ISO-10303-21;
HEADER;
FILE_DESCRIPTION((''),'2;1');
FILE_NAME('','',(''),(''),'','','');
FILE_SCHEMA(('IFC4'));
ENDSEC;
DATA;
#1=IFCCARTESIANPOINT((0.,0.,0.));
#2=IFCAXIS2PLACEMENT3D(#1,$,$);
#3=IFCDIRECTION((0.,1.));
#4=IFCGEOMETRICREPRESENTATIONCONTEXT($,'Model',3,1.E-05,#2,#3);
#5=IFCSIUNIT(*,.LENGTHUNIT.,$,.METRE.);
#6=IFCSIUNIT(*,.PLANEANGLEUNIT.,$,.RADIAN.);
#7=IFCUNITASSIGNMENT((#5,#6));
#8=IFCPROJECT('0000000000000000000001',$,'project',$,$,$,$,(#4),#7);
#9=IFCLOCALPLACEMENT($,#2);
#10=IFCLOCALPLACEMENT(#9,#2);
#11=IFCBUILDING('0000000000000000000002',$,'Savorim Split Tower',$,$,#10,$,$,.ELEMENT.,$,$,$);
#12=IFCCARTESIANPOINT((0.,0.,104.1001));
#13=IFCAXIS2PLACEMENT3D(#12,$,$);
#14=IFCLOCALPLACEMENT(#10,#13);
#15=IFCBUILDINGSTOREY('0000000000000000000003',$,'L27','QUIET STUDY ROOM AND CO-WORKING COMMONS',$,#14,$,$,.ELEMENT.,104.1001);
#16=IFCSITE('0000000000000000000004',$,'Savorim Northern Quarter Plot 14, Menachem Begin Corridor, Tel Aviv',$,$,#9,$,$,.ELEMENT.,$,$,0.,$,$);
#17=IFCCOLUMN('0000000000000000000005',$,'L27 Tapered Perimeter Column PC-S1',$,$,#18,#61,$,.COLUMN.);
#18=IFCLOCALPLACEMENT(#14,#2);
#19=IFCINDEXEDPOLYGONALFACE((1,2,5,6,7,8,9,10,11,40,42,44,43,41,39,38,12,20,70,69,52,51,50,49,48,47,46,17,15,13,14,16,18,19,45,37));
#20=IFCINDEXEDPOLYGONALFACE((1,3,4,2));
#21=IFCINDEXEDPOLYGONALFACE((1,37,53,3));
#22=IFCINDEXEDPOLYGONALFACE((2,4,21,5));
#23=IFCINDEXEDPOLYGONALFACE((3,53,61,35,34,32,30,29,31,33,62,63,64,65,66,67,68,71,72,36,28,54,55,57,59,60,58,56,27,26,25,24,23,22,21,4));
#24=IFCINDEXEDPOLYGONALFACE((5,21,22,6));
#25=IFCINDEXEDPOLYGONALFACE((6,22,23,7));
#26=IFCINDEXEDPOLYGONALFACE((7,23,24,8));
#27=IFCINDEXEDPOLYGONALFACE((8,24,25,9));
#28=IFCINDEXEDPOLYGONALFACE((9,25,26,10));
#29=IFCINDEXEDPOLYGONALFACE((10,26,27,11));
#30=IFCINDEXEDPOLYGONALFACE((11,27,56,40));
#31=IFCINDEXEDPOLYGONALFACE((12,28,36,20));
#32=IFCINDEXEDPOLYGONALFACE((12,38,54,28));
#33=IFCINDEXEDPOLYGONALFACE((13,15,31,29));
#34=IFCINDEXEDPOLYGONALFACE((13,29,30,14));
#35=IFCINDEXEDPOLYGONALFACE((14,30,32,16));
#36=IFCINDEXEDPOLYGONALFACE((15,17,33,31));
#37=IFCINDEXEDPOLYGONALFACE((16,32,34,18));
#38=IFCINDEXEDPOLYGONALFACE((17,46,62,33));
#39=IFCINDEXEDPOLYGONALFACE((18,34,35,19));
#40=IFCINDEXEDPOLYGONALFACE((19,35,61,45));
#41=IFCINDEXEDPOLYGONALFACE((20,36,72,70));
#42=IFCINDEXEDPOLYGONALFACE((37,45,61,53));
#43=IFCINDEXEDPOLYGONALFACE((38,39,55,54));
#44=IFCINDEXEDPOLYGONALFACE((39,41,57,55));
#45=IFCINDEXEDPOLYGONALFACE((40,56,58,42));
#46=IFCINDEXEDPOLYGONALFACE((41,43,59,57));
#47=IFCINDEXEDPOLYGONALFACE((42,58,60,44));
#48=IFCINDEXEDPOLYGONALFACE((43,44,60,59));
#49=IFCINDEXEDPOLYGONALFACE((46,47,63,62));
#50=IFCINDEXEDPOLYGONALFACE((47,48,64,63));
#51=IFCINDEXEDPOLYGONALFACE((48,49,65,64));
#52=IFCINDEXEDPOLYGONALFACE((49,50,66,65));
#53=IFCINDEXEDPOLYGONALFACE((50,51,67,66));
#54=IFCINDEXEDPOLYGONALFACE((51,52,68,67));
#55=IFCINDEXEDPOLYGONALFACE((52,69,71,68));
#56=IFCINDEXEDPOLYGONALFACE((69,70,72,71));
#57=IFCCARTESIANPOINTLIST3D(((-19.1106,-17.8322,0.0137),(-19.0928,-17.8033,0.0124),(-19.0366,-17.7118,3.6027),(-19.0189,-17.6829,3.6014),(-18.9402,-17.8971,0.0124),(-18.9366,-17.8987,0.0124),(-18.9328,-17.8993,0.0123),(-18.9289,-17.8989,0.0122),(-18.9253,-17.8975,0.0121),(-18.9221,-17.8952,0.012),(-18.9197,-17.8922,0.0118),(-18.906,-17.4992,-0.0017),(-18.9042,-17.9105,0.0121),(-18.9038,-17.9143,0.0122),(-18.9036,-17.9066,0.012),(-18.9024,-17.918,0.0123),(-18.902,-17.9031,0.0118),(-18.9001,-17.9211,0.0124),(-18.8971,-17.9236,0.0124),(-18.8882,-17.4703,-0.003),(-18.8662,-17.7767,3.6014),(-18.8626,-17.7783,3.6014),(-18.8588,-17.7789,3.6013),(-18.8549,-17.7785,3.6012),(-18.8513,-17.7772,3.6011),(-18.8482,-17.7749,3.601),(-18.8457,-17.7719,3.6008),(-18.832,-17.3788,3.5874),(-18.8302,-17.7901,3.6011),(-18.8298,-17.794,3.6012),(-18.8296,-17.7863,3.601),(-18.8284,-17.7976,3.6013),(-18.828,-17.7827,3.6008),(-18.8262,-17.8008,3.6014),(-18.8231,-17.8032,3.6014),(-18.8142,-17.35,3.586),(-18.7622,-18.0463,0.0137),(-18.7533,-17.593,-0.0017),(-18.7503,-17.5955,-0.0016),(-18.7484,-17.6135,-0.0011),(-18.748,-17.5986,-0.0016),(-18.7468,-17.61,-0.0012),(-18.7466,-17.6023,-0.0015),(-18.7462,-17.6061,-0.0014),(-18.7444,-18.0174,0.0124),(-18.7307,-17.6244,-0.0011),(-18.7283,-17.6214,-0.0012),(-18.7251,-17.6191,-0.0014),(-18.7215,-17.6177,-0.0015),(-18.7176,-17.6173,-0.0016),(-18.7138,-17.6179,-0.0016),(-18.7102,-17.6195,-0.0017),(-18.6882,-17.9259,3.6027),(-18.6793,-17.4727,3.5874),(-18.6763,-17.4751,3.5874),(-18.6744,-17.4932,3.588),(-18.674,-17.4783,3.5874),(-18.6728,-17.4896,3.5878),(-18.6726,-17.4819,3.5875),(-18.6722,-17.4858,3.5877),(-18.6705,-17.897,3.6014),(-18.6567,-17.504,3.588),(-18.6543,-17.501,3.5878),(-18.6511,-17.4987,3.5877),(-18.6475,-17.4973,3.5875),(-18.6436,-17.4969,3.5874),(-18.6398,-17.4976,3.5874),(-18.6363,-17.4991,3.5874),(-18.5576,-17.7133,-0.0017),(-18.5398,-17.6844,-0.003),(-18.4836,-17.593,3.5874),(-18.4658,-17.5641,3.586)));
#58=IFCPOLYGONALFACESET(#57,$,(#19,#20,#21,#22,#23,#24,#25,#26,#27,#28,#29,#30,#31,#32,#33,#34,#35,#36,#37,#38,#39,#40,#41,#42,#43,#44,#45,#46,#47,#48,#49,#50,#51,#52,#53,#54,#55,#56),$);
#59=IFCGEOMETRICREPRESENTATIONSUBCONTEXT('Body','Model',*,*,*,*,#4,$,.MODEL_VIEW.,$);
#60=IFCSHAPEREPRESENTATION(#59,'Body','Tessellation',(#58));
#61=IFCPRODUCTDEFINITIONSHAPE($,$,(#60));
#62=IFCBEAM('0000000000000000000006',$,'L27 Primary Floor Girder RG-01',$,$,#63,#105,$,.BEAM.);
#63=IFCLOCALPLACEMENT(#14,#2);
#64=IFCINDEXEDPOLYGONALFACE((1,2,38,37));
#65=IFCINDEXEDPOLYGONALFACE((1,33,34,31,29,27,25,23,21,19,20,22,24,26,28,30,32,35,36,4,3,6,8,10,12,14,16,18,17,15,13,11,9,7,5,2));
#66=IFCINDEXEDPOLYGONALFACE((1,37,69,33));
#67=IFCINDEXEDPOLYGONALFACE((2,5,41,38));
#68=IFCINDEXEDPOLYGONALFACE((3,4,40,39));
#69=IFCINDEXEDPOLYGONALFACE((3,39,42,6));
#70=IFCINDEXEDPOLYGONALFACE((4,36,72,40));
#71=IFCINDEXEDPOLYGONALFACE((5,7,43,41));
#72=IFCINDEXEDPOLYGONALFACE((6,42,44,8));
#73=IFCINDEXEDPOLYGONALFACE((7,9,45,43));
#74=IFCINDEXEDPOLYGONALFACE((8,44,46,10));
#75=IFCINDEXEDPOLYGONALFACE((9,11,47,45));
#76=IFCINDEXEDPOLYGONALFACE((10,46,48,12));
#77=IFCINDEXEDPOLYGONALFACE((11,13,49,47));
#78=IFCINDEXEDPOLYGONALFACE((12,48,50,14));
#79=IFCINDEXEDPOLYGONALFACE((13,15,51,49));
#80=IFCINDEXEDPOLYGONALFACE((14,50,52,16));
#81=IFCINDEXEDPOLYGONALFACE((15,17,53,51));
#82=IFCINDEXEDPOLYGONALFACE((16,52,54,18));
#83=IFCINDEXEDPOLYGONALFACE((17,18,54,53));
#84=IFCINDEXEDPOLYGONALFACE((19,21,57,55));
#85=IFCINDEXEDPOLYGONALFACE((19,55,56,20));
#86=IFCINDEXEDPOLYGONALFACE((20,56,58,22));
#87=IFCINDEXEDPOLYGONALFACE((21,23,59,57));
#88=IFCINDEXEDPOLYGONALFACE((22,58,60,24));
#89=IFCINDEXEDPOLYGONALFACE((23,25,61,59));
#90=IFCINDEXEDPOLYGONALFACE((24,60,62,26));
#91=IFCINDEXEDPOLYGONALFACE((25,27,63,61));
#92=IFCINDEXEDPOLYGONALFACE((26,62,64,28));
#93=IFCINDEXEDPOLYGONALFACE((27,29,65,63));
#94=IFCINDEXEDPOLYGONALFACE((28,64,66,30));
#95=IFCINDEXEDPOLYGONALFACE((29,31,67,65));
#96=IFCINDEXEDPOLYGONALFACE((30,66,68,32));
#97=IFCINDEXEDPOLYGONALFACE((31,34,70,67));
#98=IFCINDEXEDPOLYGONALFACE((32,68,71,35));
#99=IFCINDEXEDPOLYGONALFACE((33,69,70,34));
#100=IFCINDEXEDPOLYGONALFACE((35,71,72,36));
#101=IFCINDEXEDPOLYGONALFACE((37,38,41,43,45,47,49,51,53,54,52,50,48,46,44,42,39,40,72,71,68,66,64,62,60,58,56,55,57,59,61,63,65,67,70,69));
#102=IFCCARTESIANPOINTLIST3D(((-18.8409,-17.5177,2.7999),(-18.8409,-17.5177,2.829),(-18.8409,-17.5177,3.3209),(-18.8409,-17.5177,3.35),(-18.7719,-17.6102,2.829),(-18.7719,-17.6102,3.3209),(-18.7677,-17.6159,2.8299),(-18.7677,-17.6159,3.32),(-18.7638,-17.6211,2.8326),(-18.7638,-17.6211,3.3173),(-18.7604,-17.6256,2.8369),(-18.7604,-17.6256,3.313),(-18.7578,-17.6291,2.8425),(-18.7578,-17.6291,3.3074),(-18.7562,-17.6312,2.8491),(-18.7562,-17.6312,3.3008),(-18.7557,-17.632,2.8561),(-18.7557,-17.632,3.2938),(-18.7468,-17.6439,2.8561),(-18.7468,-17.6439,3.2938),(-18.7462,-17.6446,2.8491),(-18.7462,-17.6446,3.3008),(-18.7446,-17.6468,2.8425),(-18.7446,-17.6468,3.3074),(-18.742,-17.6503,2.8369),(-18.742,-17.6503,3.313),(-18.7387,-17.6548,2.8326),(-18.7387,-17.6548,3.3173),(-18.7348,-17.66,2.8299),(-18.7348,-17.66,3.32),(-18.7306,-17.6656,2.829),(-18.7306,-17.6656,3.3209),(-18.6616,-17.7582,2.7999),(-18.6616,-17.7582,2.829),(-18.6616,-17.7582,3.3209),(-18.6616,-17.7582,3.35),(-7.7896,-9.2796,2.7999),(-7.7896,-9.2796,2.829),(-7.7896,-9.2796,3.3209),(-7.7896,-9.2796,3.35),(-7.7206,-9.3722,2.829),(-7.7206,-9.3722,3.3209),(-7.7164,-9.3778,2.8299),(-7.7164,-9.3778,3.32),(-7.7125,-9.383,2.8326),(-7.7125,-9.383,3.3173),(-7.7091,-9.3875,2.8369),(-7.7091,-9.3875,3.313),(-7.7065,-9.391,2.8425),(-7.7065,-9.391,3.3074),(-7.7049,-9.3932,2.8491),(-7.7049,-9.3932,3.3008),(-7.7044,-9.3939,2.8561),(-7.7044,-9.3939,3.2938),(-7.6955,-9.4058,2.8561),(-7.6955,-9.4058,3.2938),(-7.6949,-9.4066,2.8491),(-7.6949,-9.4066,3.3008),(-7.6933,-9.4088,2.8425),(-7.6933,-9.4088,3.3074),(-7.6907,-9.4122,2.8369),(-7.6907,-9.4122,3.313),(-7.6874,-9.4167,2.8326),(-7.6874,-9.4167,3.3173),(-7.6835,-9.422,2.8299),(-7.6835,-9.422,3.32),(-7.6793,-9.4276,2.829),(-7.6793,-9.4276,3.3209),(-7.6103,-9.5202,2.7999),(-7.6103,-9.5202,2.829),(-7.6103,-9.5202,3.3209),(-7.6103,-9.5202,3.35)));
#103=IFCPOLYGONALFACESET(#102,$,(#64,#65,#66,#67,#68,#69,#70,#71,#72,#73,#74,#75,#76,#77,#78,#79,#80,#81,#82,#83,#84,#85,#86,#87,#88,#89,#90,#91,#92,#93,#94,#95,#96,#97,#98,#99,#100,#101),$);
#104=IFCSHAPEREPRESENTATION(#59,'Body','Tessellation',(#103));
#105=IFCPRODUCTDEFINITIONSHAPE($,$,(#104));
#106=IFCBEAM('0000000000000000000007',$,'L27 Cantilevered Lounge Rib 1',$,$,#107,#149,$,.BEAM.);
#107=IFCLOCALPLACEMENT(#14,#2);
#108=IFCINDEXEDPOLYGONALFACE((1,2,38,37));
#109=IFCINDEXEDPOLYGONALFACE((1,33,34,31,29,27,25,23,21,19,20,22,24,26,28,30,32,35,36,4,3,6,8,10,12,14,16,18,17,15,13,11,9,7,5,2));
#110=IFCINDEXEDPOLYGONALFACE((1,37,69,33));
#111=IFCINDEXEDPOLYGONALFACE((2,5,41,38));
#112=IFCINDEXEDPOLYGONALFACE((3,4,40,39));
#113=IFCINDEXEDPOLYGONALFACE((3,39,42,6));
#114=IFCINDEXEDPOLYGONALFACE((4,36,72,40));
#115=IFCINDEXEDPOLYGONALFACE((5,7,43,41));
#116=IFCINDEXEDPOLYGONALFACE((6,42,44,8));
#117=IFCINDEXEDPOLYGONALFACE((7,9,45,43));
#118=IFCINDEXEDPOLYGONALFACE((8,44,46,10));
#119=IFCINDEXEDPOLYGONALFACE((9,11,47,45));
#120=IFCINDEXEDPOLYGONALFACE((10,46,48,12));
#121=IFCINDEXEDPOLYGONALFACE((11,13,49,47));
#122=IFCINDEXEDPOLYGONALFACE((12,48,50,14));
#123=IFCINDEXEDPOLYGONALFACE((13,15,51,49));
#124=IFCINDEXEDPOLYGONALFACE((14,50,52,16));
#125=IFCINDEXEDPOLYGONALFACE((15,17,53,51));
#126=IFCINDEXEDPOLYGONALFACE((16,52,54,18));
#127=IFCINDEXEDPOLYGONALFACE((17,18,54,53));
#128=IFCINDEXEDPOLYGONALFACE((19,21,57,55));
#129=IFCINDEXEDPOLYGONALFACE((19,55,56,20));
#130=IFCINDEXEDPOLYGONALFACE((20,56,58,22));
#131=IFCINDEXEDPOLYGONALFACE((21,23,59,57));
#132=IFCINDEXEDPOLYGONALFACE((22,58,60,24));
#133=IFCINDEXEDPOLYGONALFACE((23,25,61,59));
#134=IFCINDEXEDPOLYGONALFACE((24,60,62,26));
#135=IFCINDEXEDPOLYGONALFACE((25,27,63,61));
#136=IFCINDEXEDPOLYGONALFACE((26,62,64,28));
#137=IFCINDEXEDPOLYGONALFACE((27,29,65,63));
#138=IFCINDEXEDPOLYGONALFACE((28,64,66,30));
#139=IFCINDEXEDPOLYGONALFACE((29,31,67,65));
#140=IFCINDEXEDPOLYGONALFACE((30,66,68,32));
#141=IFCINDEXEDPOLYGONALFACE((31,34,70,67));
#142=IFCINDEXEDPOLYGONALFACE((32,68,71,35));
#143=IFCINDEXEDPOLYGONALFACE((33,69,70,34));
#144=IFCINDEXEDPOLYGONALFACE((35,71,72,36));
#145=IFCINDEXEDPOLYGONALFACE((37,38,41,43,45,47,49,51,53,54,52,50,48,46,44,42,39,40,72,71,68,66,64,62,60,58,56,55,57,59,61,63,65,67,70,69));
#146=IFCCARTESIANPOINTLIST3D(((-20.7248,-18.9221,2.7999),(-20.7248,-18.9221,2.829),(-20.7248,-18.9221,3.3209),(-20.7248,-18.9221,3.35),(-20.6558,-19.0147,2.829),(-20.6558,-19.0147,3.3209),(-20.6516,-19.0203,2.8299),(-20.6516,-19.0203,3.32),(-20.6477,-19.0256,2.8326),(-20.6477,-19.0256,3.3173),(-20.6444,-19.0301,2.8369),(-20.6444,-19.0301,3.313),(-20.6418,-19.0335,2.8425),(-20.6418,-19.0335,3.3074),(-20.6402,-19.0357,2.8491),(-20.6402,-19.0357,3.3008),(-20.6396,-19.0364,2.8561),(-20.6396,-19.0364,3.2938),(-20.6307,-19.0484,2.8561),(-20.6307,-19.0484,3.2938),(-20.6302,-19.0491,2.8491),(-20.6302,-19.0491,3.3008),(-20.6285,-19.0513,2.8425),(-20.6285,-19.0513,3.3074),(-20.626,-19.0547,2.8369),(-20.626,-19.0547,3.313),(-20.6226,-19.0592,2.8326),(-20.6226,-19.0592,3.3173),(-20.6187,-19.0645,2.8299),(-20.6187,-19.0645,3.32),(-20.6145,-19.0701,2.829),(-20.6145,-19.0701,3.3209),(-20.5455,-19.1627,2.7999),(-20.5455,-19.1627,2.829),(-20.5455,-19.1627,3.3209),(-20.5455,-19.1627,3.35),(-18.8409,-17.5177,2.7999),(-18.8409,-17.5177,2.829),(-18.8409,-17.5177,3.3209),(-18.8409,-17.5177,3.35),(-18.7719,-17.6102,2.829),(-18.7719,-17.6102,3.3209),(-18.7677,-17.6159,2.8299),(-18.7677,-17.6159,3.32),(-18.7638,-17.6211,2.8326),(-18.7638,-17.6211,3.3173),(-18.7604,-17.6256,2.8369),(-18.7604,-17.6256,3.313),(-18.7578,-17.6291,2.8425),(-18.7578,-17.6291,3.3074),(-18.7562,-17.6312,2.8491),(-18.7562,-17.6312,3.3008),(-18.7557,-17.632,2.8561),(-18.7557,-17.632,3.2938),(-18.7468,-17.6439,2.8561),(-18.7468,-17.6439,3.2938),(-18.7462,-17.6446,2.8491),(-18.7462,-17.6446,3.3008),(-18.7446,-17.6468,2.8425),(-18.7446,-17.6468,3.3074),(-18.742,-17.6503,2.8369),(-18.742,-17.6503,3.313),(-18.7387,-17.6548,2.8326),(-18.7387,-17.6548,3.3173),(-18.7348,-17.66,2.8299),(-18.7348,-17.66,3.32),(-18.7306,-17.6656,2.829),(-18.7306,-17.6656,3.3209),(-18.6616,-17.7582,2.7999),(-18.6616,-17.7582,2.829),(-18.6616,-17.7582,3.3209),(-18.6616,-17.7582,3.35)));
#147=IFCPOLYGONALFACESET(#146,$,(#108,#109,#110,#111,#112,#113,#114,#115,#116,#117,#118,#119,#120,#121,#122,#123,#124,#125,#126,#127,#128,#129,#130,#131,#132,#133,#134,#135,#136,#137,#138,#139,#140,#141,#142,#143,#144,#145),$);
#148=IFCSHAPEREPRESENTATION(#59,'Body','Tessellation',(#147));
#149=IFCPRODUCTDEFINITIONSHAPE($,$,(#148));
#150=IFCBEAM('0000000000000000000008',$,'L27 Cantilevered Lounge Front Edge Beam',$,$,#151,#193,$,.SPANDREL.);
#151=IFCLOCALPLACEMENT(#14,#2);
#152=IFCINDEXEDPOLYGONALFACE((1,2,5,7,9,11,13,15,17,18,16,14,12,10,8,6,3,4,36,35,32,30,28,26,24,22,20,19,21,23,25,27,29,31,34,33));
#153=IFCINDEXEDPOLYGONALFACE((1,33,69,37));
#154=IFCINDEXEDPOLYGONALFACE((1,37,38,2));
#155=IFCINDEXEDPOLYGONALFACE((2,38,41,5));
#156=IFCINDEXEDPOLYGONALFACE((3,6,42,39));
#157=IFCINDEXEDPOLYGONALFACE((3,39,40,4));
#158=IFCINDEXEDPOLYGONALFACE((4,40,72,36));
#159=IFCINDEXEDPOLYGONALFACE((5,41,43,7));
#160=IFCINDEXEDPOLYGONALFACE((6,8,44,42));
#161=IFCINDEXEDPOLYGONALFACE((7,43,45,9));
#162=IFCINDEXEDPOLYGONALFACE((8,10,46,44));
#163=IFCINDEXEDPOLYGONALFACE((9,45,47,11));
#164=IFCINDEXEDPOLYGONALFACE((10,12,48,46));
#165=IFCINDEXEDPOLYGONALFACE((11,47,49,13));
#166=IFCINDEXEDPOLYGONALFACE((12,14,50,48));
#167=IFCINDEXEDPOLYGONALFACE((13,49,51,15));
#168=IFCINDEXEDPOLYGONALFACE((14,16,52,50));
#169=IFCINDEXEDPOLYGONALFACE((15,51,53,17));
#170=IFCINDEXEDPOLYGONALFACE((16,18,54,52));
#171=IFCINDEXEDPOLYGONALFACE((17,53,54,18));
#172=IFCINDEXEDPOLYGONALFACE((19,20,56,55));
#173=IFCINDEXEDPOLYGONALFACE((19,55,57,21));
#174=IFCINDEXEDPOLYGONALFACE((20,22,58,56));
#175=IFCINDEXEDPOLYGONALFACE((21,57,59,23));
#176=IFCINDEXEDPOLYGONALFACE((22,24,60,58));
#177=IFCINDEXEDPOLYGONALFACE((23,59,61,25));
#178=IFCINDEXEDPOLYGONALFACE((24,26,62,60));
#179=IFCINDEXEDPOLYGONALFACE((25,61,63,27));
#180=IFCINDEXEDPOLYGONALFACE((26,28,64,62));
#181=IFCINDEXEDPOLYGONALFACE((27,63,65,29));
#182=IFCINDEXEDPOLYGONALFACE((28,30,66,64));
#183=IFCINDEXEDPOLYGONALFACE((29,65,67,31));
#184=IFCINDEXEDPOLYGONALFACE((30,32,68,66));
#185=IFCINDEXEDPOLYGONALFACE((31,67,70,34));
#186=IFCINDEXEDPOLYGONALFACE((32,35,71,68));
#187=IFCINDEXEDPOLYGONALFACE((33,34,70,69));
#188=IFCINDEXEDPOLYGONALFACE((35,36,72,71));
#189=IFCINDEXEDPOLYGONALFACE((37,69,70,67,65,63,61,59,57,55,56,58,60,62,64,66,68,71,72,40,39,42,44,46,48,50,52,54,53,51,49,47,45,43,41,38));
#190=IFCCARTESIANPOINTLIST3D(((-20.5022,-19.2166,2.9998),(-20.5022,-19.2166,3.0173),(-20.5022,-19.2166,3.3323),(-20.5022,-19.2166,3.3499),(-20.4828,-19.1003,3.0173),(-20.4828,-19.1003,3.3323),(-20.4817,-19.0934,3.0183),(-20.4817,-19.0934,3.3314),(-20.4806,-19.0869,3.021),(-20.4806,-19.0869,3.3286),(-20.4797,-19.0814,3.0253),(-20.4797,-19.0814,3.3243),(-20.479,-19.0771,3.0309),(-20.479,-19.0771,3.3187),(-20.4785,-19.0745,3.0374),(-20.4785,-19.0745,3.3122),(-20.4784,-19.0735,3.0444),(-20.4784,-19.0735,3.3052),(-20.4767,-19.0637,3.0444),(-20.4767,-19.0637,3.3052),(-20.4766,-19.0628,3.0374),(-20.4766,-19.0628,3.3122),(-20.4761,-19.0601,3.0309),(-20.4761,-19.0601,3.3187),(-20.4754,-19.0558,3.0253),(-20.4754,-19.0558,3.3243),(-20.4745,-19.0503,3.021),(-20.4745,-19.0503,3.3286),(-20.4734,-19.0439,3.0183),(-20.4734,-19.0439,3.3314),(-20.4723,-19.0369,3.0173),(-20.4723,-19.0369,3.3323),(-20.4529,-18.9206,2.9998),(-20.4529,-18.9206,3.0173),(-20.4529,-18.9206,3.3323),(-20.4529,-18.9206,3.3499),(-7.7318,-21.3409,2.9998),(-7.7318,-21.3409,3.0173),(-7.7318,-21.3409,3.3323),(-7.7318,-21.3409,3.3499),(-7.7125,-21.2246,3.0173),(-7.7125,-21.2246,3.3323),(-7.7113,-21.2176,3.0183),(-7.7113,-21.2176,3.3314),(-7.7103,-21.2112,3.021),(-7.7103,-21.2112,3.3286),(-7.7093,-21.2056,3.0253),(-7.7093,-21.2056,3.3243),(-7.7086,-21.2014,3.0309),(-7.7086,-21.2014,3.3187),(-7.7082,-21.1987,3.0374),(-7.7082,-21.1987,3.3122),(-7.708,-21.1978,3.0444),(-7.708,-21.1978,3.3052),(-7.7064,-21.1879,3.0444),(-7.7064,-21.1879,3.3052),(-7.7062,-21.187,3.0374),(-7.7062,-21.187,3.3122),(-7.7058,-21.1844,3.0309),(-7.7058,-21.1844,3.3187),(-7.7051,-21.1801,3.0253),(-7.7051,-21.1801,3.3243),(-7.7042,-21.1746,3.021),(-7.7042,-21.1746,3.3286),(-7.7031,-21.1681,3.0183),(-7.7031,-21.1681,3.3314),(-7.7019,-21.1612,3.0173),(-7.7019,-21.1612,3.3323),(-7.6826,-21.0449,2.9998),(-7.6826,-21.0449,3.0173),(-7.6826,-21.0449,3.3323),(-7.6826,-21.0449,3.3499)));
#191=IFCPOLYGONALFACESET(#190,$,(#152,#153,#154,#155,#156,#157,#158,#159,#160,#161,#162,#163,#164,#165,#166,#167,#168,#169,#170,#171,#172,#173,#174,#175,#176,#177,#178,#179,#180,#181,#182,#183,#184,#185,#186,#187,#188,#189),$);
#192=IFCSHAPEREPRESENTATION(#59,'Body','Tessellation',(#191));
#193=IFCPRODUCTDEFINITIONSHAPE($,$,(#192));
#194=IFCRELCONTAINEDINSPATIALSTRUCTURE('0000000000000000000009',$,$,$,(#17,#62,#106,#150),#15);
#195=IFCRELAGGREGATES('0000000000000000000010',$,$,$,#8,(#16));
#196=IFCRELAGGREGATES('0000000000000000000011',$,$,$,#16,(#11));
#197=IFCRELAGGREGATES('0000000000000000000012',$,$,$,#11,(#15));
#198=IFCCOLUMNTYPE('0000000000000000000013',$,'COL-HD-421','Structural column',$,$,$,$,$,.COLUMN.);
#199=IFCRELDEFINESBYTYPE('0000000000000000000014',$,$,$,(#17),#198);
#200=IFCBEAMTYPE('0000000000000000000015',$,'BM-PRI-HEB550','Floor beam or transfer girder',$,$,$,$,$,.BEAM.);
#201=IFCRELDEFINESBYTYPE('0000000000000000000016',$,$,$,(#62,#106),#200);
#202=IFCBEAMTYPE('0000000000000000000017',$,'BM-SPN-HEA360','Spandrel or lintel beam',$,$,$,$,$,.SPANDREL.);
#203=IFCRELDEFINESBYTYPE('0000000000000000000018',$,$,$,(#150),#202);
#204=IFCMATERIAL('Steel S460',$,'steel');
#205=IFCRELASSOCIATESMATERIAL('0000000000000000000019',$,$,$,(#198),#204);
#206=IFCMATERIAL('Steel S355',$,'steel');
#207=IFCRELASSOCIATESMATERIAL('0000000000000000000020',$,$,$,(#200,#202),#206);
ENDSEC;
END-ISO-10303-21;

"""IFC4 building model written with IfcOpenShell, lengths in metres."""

from ifc_helpers import new_model, si_unit, direction, frame, origin, origin_2d, place, context, subcontext, project, spatial, i_section, extrude, material, material_profile, profile_set, type_object, element, save


model = new_model("IFC4")

# Units and contexts
model_context = context("Model", 3, precision=1e-05, world=origin(), true_north=direction((0.0, 1.0)))
body_context = subcontext(model_context, "Body", "Model", "MODEL_VIEW")
ifc_project = project(units=[si_unit("LENGTHUNIT", "METRE"), si_unit("PLANEANGLEUNIT", "RADIAN")], contexts=[model_context])

# Site, building, storey
site_placement = place(None, origin())
site = spatial("IfcSite", under=ifc_project, at=site_placement, Name="Savorim Northern Quarter Plot 14, Menachem Begin Corridor, Tel Aviv", CompositionType="ELEMENT", RefElevation=0.0)
building_placement = place(site_placement, origin())
building = spatial("IfcBuilding", under=site, at=building_placement, Name="Savorim Split Tower", CompositionType="ELEMENT")
storey_placement = place(building_placement, frame((0.0, 0.0, 104.1001)))
storey = spatial("IfcBuildingStorey", under=building, at=storey_placement, Name="L27", Description="QUIET STUDY ROOM AND CO-WORKING COMMONS", CompositionType="ELEMENT", Elevation=104.1001)

# Column
ifc_material_1 = material(Name="Steel S460", Category="steel")
ifc_material_profile_1 = material_profile(ifc_material_1, i_section(OverallWidth=0.4089, OverallDepth=0.425, WebThickness=0.0208, FlangeThickness=0.0339, FilletRadius=0.0149, at=origin_2d()), Name="HD 400x421")
ifc_profile_set_1 = profile_set([ifc_material_profile_1], Name="Steel S460")
column_type = type_object("IfcColumnType", Name="COL-HD-421", Description="Structural column", PredefinedType="COLUMN", material=ifc_profile_set_1)
column_placement = place(storey_placement, frame((-18.8252, -17.7583, 0.0054), z_axis=(0.020595, 0.033509, 0.999226), x_axis=(-0.851955, 0.523615, 0.0)))
element("IfcColumn", 1, at=column_placement, inside=storey, type_object=column_type, Name="L27 Tapered Perimeter Column PC-S1", PredefinedType="COLUMN", context=body_context, shape_type="SweptSolid", body=[
    extrude(i_section(OverallWidth=0.4089, OverallDepth=0.425, WebThickness=0.0208, FlangeThickness=0.0339, FilletRadius=0.0149, at=origin_2d()), origin(), (0.0, 0.0, 1.0), 3.5918),
])

# Beams
ifc_material_2 = material(Name="Steel S355", Category="steel")
ifc_material_profile_2 = material_profile(ifc_material_2, i_section(OverallWidth=0.3, OverallDepth=0.55, WebThickness=0.0149, FlangeThickness=0.0291, FilletRadius=0.0271, at=origin_2d()), Name="HEB 550")
ifc_profile_set_2 = profile_set([ifc_material_profile_2], Name="Steel S355")
beam_type_1 = type_object("IfcBeamType", Name="BM-PRI-HEB550", Description="Floor beam or transfer girder", PredefinedType="BEAM", material=ifc_profile_set_2)
beam_1_placement = place(storey_placement, frame((-18.7512, -17.6379, 3.075), z_axis=(0.801752, 0.597657, 0.0), x_axis=(-0.597657, 0.801752, 0.0)))
element("IfcBeam", 2, at=beam_1_placement, inside=storey, type_object=beam_type_1, Name="L27 Primary Floor Girder RG-01", PredefinedType="BEAM", context=body_context, shape_type="SweptSolid", body=[
    extrude(i_section(OverallWidth=0.3, OverallDepth=0.55, WebThickness=0.0149, FlangeThickness=0.0291, FilletRadius=0.0271, at=origin_2d()), origin(), (0.0, 0.0, 1.0), 13.7839),
])
beam_2_placement = place(storey_placement, frame((-18.7512, -17.6379, 3.075), z_axis=(-0.80173, -0.597687, 0.0), x_axis=(0.597687, -0.80173, 0.0)))
element("IfcBeam", 3, at=beam_2_placement, inside=storey, type_object=beam_type_1, Name="L27 Cantilevered Lounge Rib 1", PredefinedType="BEAM", context=body_context, shape_type="SweptSolid", body=[
    extrude(i_section(OverallWidth=0.3, OverallDepth=0.55, WebThickness=0.0149, FlangeThickness=0.0291, FilletRadius=0.0271, at=origin_2d()), origin(), (0.0, 0.0, 1.0), 2.3499),
])
ifc_material_profile_3 = material_profile(ifc_material_2, i_section(OverallWidth=0.3, OverallDepth=0.3501, WebThickness=0.01, FlangeThickness=0.0176, FilletRadius=0.0271, at=origin_2d()), Name="HEA 360")
ifc_profile_set_3 = profile_set([ifc_material_profile_3], Name="Steel S355")
beam_type_2 = type_object("IfcBeamType", Name="BM-SPN-HEA360", Description="Spandrel or lintel beam", PredefinedType="SPANDREL", material=ifc_profile_set_3)
beam_3_placement = place(storey_placement, frame((-20.4775, -19.0686, 3.1748), z_axis=(0.986445, -0.16409, 0.0), x_axis=(0.16409, 0.986445, 0.0)))
element("IfcBeam", 4, at=beam_3_placement, inside=storey, type_object=beam_type_2, Name="L27 Cantilevered Lounge Front Edge Beam", PredefinedType="SPANDREL", context=body_context, shape_type="SweptSolid", body=[
    extrude(i_section(OverallWidth=0.3, OverallDepth=0.3501, WebThickness=0.01, FlangeThickness=0.0176, FilletRadius=0.0271, at=origin_2d()), origin(), (0.0, 0.0, 1.0), 12.9458),
])

save(model, "model.ifc")
